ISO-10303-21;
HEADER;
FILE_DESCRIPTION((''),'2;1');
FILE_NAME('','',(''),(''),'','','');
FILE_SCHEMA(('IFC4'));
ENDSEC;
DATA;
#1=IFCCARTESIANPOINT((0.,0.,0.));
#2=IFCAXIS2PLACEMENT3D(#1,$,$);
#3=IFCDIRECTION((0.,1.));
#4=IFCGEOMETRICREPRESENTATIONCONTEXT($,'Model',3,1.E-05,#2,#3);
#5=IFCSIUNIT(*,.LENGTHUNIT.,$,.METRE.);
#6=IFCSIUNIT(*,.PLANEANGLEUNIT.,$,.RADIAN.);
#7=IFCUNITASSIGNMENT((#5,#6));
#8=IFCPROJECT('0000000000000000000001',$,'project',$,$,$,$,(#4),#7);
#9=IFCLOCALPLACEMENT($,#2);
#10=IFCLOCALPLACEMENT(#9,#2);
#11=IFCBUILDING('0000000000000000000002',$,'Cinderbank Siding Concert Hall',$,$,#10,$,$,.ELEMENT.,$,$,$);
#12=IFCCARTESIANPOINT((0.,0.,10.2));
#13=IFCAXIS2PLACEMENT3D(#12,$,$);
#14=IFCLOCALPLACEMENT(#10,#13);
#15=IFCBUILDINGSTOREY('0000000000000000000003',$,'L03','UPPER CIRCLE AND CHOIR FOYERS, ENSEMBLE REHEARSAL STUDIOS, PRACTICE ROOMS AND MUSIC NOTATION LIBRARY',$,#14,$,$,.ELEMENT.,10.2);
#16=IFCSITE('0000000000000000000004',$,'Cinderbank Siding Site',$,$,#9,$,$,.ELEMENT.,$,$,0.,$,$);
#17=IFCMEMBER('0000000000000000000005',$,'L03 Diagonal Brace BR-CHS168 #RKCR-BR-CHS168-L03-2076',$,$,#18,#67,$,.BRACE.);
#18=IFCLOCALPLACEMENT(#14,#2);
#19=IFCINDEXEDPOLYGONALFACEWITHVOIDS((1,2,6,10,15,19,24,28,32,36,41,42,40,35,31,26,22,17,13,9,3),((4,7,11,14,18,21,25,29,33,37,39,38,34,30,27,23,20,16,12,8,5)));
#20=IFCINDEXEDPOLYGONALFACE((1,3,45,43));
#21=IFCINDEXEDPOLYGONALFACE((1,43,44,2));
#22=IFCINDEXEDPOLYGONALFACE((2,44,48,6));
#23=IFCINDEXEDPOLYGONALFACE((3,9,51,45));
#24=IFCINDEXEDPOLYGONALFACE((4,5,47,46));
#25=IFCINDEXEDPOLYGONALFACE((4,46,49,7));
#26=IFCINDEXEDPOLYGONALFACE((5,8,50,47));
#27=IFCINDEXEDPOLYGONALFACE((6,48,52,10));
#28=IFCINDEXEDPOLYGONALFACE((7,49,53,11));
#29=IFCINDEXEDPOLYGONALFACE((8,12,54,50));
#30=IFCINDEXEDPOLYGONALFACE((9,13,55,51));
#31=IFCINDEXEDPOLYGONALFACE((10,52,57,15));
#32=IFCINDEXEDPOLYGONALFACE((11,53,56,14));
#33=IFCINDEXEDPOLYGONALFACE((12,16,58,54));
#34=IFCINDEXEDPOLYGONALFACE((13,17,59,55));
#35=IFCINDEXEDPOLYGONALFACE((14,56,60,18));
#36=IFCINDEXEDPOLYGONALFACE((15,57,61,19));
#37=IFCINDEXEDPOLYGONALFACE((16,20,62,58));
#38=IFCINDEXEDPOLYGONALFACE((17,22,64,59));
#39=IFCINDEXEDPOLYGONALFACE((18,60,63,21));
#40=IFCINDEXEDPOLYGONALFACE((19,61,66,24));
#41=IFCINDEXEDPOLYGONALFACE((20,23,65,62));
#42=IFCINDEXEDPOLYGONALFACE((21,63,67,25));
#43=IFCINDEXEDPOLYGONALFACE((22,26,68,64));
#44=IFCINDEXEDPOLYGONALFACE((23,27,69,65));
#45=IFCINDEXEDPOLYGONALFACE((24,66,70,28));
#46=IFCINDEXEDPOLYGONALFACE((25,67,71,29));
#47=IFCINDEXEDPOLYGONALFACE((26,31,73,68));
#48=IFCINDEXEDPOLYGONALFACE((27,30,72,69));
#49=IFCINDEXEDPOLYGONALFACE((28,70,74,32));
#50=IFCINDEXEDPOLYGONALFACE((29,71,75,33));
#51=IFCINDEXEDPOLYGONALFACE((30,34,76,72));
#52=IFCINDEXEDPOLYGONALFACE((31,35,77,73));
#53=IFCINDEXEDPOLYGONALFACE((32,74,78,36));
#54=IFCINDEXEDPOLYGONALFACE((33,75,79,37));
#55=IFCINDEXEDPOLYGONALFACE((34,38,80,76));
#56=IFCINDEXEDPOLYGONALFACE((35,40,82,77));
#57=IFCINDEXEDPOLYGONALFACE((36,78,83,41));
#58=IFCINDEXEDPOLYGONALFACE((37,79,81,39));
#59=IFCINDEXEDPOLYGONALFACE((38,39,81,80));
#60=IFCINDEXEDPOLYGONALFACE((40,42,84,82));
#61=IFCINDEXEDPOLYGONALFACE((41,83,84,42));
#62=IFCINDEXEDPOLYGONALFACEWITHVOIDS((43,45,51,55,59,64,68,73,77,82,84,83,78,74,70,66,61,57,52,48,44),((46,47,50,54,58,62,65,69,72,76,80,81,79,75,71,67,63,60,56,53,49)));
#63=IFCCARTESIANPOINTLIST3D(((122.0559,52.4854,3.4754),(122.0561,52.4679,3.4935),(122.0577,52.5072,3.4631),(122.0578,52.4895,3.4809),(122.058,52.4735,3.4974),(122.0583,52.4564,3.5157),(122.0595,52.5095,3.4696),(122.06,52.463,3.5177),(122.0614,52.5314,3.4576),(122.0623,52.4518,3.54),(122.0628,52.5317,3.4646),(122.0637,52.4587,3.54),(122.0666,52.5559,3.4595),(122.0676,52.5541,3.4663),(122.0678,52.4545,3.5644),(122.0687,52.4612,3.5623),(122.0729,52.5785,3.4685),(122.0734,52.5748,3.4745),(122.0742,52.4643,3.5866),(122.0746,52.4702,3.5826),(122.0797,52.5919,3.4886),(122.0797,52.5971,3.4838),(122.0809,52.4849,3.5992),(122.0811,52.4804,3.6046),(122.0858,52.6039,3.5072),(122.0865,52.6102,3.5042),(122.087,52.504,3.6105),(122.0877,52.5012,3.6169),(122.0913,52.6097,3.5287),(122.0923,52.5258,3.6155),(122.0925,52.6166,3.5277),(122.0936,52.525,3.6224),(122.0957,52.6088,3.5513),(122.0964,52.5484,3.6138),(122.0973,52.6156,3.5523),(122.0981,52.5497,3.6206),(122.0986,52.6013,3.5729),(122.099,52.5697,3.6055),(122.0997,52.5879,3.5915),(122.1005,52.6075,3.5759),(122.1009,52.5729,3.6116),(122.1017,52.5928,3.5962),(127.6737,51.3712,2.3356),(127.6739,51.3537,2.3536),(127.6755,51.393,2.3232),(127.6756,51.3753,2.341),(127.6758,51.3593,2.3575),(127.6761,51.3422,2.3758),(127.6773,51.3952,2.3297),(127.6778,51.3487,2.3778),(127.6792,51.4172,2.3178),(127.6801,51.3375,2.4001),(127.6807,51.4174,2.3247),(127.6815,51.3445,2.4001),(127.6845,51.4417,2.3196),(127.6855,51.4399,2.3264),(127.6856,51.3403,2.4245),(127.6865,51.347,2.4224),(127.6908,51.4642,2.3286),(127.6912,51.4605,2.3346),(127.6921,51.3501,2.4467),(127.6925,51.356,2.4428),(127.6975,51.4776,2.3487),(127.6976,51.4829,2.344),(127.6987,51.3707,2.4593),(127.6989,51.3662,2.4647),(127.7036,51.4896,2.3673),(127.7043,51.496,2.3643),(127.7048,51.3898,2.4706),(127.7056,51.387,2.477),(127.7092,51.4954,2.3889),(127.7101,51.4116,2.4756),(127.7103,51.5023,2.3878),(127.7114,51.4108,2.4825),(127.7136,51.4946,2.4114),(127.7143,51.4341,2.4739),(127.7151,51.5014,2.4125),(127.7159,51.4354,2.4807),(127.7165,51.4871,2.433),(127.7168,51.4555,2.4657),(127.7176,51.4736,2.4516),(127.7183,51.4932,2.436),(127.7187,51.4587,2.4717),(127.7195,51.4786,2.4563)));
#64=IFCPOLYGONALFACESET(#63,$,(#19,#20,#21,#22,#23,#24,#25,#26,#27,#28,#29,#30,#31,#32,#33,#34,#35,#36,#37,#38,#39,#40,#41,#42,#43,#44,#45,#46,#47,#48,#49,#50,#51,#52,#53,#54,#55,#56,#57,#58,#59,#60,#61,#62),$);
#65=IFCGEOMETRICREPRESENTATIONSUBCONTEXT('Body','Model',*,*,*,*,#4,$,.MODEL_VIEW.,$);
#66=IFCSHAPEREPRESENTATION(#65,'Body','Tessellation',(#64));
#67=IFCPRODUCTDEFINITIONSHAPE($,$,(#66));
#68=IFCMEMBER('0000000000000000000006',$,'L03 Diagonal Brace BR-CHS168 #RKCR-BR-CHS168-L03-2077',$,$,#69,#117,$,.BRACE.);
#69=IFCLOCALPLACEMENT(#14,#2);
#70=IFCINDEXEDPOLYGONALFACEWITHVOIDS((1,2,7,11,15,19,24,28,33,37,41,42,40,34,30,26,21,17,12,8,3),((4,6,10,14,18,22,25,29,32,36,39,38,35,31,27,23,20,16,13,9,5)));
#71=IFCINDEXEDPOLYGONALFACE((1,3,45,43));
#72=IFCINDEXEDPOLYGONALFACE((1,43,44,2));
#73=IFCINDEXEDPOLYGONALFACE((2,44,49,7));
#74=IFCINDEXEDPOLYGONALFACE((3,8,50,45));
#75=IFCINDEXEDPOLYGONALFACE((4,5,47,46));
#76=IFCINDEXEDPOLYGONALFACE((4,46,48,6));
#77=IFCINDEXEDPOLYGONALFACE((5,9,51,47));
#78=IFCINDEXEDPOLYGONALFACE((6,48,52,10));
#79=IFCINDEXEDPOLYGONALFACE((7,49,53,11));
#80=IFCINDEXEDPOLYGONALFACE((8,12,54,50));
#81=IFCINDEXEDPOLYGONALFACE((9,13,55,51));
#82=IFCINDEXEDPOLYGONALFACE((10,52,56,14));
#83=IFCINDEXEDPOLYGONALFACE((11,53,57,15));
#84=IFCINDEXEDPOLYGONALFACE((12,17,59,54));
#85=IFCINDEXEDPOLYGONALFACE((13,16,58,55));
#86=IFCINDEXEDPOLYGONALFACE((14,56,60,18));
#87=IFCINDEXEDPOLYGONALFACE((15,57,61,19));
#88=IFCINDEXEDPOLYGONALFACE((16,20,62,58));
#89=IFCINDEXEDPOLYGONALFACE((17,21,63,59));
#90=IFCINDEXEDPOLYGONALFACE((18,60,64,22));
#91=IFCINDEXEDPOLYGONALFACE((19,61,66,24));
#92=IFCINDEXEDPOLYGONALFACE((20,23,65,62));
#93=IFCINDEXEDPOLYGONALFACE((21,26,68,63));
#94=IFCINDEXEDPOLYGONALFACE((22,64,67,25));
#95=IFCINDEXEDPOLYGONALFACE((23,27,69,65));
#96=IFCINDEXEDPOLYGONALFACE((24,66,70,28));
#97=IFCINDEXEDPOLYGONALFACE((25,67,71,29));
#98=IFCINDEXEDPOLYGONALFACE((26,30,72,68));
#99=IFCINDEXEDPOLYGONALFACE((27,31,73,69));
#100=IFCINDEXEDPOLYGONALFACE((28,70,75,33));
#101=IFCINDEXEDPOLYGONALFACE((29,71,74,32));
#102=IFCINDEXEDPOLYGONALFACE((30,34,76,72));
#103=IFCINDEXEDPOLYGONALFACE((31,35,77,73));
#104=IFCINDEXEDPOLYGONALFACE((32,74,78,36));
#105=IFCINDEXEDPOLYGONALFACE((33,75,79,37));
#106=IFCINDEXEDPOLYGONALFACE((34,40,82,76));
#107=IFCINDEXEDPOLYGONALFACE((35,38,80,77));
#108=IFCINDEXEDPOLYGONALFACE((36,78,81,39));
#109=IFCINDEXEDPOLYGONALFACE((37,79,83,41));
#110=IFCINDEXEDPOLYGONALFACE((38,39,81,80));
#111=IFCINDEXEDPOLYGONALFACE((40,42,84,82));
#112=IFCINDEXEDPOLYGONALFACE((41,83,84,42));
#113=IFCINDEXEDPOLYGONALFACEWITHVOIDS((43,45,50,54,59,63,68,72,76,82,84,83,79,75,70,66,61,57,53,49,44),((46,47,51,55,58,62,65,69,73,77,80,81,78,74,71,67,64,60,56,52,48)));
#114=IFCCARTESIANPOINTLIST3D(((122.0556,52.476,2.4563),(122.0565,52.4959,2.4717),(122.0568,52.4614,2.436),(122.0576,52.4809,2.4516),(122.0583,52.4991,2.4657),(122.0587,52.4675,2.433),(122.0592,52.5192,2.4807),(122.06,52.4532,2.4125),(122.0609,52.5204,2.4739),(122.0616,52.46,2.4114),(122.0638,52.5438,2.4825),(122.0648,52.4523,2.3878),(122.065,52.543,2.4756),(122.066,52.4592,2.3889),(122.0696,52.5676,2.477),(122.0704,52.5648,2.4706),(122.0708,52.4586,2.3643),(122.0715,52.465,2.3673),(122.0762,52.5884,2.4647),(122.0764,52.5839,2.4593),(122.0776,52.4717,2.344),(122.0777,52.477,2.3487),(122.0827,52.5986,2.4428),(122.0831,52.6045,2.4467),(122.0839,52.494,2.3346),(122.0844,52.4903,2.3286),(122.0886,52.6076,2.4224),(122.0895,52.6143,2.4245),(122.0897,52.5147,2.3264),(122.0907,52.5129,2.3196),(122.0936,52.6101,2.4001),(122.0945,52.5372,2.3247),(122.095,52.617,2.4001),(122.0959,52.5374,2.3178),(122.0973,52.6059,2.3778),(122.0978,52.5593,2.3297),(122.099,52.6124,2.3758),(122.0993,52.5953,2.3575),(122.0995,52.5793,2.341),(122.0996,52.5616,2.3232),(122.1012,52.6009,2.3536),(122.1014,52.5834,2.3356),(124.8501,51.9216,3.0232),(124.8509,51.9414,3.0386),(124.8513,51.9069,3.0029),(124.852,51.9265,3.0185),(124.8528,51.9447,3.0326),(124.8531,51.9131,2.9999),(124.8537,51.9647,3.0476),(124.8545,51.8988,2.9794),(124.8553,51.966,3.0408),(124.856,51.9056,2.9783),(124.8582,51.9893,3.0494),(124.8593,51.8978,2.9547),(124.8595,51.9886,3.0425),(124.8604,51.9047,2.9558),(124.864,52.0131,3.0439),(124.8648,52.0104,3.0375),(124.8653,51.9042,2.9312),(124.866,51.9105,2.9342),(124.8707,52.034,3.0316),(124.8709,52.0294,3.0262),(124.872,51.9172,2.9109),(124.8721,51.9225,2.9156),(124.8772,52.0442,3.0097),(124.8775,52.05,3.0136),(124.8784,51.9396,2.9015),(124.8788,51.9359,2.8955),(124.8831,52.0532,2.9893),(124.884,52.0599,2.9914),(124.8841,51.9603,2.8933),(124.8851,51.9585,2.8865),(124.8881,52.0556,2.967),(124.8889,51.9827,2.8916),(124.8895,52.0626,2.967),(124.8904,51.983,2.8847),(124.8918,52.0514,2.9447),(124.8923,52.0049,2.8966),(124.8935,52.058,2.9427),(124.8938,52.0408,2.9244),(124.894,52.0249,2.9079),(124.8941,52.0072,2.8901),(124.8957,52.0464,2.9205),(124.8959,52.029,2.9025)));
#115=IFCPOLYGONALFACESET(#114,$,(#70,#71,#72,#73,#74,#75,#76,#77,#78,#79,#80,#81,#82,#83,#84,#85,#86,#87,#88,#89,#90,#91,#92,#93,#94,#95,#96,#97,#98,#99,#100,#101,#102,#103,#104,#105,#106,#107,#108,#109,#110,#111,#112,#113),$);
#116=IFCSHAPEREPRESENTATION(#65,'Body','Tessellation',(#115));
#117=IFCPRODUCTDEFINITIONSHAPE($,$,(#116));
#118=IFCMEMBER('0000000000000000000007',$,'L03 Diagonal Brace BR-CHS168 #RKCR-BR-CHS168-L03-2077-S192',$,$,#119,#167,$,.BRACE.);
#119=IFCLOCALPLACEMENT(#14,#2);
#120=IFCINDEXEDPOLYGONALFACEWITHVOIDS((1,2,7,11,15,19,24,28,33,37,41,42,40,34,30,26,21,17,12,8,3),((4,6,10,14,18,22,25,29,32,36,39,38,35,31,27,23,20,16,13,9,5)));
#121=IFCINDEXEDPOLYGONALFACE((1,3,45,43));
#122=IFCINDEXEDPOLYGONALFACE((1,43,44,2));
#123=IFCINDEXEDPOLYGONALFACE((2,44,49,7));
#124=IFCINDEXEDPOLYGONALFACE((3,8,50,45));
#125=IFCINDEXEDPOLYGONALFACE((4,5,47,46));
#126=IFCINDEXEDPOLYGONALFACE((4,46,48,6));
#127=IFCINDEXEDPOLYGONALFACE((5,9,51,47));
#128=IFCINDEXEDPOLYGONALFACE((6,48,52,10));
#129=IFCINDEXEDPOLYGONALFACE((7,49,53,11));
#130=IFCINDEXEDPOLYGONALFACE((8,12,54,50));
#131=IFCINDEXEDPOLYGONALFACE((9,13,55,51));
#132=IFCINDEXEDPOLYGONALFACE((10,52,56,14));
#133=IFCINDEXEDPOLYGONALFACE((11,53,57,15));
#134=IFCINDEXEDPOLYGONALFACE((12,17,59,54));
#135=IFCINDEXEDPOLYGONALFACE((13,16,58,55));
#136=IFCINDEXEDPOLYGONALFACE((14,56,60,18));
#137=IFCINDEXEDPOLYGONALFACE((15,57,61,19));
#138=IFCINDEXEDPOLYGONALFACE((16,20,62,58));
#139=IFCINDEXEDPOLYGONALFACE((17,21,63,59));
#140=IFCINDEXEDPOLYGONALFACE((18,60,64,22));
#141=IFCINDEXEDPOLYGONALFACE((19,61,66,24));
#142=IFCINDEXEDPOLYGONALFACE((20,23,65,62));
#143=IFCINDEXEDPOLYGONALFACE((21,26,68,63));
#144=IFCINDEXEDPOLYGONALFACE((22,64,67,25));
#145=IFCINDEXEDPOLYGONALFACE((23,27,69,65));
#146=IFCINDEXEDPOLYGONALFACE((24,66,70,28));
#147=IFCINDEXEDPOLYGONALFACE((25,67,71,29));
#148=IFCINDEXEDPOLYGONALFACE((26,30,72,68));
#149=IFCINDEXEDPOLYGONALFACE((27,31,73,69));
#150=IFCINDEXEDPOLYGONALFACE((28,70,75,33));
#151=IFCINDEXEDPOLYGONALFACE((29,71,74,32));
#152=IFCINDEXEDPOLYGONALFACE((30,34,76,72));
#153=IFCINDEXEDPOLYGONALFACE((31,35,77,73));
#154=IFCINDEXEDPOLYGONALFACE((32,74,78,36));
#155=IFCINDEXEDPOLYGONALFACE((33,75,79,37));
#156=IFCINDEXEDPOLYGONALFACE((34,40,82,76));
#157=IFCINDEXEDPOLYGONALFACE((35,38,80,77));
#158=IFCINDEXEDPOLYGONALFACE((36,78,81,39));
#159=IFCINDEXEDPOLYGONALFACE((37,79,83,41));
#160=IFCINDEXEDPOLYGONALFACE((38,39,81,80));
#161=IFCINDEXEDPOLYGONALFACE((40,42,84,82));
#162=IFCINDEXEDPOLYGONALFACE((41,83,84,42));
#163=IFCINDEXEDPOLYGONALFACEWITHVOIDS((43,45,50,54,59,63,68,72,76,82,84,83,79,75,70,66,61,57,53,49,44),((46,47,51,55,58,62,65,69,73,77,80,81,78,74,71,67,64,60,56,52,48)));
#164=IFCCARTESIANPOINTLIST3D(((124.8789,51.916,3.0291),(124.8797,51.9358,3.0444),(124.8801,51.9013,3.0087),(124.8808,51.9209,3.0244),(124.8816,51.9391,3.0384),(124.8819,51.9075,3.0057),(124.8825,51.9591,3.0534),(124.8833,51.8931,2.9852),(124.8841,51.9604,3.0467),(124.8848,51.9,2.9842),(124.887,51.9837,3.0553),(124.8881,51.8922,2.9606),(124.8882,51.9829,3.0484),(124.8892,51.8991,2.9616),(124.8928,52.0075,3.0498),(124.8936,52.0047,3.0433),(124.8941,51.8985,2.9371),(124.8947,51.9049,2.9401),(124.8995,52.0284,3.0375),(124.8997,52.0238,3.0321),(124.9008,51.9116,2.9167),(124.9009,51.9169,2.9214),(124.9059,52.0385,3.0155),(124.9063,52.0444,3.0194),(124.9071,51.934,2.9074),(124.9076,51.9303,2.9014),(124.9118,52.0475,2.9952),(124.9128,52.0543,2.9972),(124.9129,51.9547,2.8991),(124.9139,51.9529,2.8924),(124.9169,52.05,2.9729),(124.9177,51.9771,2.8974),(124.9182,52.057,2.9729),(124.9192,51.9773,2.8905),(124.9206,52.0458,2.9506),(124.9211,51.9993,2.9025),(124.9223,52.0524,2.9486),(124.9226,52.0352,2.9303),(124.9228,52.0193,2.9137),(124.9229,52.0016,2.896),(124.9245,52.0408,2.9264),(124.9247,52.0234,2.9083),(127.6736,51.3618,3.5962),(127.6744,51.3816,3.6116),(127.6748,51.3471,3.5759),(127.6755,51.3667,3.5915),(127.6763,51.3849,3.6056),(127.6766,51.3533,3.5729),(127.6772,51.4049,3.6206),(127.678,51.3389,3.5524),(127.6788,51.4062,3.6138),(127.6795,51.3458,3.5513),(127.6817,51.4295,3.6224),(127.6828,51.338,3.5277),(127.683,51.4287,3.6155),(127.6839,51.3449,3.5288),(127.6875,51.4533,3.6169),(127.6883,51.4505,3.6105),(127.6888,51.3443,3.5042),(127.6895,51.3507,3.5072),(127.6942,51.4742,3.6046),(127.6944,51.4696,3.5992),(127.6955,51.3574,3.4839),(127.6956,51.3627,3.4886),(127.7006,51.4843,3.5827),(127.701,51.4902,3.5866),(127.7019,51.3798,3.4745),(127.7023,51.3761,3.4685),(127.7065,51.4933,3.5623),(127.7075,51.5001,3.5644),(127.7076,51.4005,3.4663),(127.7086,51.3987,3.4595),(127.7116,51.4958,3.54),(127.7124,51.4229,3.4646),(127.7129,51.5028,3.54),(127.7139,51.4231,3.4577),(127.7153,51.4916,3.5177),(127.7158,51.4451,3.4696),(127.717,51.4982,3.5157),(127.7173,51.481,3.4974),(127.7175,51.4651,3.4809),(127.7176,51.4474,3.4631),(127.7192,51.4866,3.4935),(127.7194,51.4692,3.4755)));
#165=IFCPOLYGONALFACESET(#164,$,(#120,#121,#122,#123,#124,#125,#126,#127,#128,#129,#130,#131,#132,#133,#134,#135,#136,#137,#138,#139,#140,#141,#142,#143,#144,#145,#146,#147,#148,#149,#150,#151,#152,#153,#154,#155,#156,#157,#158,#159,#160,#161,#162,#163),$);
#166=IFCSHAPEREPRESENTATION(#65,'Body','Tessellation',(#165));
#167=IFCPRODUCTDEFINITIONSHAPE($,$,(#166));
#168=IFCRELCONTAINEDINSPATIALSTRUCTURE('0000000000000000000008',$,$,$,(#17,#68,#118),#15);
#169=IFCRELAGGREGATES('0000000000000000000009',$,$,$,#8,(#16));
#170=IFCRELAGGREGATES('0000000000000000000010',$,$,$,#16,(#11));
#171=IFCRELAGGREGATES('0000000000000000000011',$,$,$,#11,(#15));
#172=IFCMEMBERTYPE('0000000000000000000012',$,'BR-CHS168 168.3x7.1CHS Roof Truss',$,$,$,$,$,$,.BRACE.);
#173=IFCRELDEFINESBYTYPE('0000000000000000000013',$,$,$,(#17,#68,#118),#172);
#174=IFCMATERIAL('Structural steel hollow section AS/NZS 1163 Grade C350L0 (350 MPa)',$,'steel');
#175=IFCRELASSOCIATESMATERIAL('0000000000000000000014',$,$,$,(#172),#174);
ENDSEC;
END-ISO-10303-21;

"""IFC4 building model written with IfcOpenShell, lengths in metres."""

from ifc_helpers import new_model, si_unit, direction, frame, origin, origin_2d, place, context, subcontext, project, spatial, hollow_circle, extrude, material, material_profile, profile_set, type_object, element, save


model = new_model("IFC4")

# Units and contexts
model_context = context("Model", 3, precision=1e-05, world=origin(), true_north=direction((0.0, 1.0)))
body_context = subcontext(model_context, "Body", "Model", "MODEL_VIEW")
ifc_project = project(units=[si_unit("LENGTHUNIT", "METRE"), si_unit("PLANEANGLEUNIT", "RADIAN")], contexts=[model_context])

# Site, building, storey
site_placement = place(None, origin())
site = spatial("IfcSite", under=ifc_project, at=site_placement, Name="Cinderbank Siding Site", CompositionType="ELEMENT", RefElevation=0.0)
building_placement = place(site_placement, origin())
building = spatial("IfcBuilding", under=site, at=building_placement, Name="Cinderbank Siding Concert Hall", CompositionType="ELEMENT")
storey_placement = place(building_placement, frame((0.0, 0.0, 10.2)))
storey = spatial("IfcBuildingStorey", under=building, at=storey_placement, Name="L03", Description="UPPER CIRCLE AND CHOIR FOYERS, ENSEMBLE REHEARSAL STUDIOS, PRACTICE ROOMS AND MUSIC NOTATION LIBRARY", CompositionType="ELEMENT", Elevation=10.2)

# Shared definitions
ifc_material_1 = material(Name="Structural steel hollow section AS/NZS 1163 Grade C350L0 (350 MPa)", Category="steel")

# Members
ifc_material_profile_1 = material_profile(ifc_material_1, hollow_circle(Radius=0.0842, WallThickness=0.0071, at=origin_2d()), Name="168.3x7.1CHS", Category="LoadBearing")
ifc_profile_set_1 = profile_set([ifc_material_profile_1], Name="Structural steel hollow section AS/NZS 1163 Grade C350L0 (350 MPa)")
member_type_1 = type_object("IfcMemberType", Name="BR-CHS168 168.3x7.1CHS Roof Truss", PredefinedType="BRACE", material=ifc_profile_set_1)
member_1_placement = place(storey_placement, frame((127.6965, 51.4202, 2.4001), z_axis=(-0.962024, 0.190808, 0.195198), x_axis=(-0.19455, -0.980893, 0.0)))
element("IfcMember", 1, at=member_1_placement, inside=storey, type_object=member_type_1, Name="L03 Diagonal Brace BR-CHS168 #RKCR-BR-CHS168-L03-2076", PredefinedType="BRACE", context=body_context, shape_type="SweptSolid", body=[
    extrude(hollow_circle(Radius=0.0842, WallThickness=0.0071, at=origin_2d()), origin(), (0.0, 0.0, 1.0), 5.8396),
])
member_2_placement = place(storey_placement, frame((122.0786, 52.5344, 2.4001), z_axis=(0.962018, -0.190874, 0.19516), x_axis=(0.194616, 0.980879, 0.0)))
element("IfcMember", 2, at=member_2_placement, inside=storey, type_object=member_type_1, Name="L03 Diagonal Brace BR-CHS168 #RKCR-BR-CHS168-L03-2077", PredefinedType="BRACE", context=body_context, shape_type="SweptSolid", body=[
    extrude(hollow_circle(Radius=0.0842, WallThickness=0.0071, at=origin_2d()), origin(), (0.0, 0.0, 1.0), 2.9048),
])
member_3_placement = place(storey_placement, frame((124.9019, 51.9744, 2.9729), z_axis=(0.962024, -0.190774, 0.195229), x_axis=(0.194517, 0.980899, 0.0)))
element("IfcMember", 3, at=member_3_placement, inside=storey, type_object=member_type_1, Name="L03 Diagonal Brace BR-CHS168 #RKCR-BR-CHS168-L03-2077-S192", PredefinedType="BRACE", context=body_context, shape_type="SweptSolid", body=[
    extrude(hollow_circle(Radius=0.0842, WallThickness=0.0071, at=origin_2d()), origin(), (0.0, 0.0, 1.0), 2.905),
])

save(model, "model.ifc")
